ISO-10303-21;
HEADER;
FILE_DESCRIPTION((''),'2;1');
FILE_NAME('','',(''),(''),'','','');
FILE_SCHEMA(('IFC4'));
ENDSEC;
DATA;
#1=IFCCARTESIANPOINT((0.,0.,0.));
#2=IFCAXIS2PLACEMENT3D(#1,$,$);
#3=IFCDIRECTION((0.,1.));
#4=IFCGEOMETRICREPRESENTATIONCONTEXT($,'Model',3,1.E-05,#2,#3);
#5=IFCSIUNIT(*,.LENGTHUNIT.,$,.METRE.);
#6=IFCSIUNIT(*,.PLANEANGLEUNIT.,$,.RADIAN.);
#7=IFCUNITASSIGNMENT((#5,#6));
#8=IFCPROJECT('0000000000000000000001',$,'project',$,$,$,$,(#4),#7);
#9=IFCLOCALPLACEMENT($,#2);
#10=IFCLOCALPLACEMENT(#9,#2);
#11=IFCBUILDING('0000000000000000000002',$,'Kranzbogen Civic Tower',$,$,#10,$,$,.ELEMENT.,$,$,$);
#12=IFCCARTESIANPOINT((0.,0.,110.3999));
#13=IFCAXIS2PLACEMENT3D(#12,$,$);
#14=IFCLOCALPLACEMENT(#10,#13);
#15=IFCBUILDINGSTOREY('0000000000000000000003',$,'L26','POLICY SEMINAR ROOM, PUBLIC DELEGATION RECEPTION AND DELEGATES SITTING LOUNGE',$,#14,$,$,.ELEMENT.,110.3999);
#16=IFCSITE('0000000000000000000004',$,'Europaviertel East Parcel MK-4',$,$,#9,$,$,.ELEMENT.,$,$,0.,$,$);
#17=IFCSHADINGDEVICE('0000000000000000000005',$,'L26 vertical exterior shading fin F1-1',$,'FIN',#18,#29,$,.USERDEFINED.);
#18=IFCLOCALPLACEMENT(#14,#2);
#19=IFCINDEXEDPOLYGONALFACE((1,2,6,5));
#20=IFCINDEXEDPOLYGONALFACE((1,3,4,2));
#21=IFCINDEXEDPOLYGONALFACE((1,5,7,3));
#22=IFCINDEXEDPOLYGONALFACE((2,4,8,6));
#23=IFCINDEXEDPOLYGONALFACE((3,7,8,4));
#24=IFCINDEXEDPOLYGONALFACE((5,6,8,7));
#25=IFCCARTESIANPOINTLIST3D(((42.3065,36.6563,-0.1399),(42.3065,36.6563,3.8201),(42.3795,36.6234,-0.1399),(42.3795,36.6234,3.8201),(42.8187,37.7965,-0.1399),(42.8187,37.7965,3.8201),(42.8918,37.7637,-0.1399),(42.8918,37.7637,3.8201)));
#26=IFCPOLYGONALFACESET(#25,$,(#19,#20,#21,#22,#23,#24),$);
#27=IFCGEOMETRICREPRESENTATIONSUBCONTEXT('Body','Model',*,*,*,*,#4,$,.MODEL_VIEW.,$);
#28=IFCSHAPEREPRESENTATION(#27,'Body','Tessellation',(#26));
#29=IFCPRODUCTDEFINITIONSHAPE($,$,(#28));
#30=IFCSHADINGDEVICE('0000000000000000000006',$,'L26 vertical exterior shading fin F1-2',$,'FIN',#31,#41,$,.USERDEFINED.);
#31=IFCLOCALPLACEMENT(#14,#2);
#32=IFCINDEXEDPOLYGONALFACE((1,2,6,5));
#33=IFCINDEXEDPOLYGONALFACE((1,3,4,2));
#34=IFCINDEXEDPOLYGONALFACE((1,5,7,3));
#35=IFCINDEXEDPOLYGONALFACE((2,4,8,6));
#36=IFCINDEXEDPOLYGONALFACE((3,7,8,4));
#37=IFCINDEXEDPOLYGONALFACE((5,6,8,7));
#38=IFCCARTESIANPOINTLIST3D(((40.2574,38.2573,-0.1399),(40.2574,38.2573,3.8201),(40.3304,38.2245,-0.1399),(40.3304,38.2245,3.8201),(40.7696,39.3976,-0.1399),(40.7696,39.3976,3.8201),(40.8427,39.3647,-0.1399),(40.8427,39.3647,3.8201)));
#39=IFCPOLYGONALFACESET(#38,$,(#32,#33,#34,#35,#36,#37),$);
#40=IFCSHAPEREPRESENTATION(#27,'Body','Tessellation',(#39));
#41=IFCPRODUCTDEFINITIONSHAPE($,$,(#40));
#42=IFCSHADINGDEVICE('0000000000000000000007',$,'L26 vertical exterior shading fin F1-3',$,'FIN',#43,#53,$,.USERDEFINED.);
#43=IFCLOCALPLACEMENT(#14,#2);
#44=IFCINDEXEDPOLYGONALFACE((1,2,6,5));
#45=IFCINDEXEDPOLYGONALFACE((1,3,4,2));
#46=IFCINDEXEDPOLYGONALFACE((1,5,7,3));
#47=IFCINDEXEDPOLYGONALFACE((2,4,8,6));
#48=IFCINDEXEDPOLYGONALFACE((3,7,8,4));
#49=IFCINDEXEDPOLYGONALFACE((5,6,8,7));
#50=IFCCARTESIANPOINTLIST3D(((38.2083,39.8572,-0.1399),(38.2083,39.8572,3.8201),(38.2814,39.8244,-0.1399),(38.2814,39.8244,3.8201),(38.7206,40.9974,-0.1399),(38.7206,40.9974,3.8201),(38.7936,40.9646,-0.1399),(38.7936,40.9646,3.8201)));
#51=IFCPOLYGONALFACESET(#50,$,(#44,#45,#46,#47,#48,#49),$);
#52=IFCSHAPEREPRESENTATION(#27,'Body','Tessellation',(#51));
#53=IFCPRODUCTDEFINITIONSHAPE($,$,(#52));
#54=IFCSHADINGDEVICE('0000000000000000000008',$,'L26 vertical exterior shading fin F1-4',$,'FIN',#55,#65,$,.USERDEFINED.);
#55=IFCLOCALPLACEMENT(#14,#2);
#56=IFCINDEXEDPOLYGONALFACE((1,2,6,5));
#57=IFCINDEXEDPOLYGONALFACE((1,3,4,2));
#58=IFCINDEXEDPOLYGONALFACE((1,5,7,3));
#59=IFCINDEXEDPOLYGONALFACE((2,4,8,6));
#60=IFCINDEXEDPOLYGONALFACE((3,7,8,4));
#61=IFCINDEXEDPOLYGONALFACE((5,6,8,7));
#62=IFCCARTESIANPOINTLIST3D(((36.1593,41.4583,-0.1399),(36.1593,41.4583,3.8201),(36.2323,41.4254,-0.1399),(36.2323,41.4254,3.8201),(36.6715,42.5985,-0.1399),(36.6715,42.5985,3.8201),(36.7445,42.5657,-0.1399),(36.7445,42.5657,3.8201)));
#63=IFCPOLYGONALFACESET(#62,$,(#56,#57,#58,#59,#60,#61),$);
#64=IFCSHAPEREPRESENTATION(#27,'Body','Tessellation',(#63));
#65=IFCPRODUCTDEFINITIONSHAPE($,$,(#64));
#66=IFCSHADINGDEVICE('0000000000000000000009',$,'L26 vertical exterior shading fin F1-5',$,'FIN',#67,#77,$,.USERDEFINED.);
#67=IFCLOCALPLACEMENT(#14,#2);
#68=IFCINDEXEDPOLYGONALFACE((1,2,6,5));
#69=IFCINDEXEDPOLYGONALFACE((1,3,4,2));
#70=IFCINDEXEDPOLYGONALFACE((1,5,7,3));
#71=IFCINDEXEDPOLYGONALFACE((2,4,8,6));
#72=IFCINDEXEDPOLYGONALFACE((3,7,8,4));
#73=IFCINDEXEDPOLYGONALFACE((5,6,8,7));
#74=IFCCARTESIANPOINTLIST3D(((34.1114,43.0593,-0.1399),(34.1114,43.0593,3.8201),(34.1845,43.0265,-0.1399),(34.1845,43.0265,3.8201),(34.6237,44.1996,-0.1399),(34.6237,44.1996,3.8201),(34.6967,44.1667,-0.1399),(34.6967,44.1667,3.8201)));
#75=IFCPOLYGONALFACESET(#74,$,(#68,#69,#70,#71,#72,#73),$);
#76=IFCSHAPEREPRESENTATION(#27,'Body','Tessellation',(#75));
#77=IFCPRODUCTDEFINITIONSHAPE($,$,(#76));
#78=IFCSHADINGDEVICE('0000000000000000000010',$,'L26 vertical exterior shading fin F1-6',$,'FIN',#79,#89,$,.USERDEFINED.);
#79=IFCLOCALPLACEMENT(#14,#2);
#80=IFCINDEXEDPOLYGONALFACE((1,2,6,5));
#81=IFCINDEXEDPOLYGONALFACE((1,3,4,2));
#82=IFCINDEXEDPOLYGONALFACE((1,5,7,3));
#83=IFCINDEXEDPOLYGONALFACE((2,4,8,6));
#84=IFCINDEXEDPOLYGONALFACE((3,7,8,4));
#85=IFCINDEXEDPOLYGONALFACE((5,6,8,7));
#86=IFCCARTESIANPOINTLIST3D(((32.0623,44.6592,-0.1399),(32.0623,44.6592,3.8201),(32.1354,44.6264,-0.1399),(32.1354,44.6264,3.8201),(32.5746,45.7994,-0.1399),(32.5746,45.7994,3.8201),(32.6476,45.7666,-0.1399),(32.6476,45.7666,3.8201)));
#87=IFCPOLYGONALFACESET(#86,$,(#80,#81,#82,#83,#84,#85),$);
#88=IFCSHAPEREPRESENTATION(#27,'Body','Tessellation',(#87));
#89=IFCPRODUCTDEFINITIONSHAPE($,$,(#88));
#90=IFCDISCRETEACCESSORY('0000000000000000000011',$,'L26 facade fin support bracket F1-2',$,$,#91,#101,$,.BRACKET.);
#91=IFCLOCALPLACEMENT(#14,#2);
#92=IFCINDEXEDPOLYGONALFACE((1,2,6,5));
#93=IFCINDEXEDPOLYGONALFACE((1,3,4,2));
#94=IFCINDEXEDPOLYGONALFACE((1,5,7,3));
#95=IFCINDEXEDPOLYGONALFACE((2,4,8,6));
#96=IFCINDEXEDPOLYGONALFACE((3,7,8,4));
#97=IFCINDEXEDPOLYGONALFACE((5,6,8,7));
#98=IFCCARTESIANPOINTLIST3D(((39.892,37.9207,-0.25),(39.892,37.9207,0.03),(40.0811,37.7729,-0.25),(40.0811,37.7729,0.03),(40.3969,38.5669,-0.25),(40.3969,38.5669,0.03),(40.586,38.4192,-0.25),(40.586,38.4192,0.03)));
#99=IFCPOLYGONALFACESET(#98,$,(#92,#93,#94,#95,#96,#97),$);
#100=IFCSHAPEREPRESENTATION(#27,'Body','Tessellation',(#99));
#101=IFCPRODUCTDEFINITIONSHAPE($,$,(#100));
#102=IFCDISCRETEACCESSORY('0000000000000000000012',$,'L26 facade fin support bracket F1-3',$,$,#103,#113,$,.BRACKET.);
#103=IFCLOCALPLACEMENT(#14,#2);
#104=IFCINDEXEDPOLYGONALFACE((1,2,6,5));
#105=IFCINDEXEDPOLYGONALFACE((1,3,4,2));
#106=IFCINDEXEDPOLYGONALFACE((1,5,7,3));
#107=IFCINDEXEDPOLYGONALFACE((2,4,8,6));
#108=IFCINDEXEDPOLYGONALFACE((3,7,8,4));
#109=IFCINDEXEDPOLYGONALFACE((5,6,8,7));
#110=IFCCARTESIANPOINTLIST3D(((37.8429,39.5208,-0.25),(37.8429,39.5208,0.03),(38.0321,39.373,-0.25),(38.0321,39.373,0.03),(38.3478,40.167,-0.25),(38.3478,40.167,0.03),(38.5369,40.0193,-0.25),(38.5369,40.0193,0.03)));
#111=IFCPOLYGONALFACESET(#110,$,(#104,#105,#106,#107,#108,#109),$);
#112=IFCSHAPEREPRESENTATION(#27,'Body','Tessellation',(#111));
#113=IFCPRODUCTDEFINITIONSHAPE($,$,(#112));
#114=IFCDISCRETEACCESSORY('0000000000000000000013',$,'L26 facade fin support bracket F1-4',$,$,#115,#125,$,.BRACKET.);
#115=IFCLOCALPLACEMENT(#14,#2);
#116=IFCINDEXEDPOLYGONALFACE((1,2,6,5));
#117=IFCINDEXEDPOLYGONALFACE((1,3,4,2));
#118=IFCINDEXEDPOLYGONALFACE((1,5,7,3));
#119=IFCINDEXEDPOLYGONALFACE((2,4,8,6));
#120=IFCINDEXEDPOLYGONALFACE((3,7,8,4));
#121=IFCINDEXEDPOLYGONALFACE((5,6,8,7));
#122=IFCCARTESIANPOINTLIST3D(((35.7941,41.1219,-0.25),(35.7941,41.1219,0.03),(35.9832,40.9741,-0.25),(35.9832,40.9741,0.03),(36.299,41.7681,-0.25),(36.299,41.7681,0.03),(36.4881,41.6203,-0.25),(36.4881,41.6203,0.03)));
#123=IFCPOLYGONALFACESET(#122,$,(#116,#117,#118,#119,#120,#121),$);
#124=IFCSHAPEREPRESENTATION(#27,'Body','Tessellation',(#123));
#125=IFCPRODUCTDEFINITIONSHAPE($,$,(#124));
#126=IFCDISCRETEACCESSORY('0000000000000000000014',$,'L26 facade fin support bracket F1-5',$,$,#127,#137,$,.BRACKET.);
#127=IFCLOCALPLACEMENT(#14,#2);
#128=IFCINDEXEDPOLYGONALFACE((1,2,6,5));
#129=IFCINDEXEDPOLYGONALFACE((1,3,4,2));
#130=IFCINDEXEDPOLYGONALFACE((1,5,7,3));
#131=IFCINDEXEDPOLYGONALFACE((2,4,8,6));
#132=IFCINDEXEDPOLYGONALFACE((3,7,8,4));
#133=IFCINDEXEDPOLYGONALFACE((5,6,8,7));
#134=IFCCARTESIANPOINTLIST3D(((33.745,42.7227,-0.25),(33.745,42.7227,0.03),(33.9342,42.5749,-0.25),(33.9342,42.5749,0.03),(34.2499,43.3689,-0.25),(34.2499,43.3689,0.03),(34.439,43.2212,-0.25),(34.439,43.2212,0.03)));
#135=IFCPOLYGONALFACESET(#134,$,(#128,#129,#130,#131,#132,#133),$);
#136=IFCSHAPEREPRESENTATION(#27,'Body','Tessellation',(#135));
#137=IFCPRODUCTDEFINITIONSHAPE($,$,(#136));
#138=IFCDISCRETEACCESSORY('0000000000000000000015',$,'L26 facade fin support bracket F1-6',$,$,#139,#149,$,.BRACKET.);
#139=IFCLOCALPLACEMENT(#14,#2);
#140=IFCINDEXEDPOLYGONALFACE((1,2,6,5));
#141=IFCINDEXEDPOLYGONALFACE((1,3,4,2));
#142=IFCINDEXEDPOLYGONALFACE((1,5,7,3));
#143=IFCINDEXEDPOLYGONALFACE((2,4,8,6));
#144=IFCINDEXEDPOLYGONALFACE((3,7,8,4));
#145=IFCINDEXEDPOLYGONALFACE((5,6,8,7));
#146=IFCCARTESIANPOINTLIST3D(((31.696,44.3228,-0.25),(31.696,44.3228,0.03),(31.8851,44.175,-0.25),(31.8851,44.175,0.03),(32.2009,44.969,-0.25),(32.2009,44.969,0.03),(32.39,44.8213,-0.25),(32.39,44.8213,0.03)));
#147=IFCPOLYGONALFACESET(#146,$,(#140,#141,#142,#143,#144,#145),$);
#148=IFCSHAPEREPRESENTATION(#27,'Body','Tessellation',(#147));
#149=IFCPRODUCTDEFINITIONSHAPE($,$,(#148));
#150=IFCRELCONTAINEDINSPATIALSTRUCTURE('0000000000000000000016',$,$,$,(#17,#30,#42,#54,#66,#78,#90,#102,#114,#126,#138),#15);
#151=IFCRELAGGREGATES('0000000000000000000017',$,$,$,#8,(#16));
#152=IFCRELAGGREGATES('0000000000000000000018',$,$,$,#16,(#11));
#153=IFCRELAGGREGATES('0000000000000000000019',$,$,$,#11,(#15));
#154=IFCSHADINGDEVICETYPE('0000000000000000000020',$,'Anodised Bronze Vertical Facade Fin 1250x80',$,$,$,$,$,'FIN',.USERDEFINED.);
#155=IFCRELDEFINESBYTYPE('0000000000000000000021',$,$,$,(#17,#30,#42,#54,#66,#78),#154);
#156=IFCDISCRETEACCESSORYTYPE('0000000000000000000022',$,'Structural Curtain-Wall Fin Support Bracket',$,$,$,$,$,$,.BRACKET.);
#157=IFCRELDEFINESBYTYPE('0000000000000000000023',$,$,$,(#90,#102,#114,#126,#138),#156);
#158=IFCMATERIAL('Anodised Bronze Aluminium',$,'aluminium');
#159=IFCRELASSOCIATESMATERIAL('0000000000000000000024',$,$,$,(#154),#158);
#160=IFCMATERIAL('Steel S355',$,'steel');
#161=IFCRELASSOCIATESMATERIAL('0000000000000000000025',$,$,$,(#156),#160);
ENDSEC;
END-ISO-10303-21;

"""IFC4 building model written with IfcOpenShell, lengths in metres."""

from ifc_helpers import new_model, si_unit, direction, frame, origin, origin_2d, place, context, subcontext, project, spatial, rectangle, extrude, material, type_object, element, save


model = new_model("IFC4")

# Units and contexts
model_context = context("Model", 3, precision=1e-05, world=origin(), true_north=direction((0.0, 1.0)))
body_context = subcontext(model_context, "Body", "Model", "MODEL_VIEW")
ifc_project = project(units=[si_unit("LENGTHUNIT", "METRE"), si_unit("PLANEANGLEUNIT", "RADIAN")], contexts=[model_context])

# Site, building, storey
site_placement = place(None, origin())
site = spatial("IfcSite", under=ifc_project, at=site_placement, Name="Europaviertel East Parcel MK-4", CompositionType="ELEMENT", RefElevation=0.0)
building_placement = place(site_placement, origin())
building = spatial("IfcBuilding", under=site, at=building_placement, Name="Kranzbogen Civic Tower", CompositionType="ELEMENT")
storey_placement = place(building_placement, frame((0.0, 0.0, 110.3999)))
storey = spatial("IfcBuildingStorey", under=building, at=storey_placement, Name="L26", Description="POLICY SEMINAR ROOM, PUBLIC DELEGATION RECEPTION AND DELEGATES SITTING LOUNGE", CompositionType="ELEMENT", Elevation=110.3999)

# Shared definitions
ifc_material_1 = material(Name="Steel S355", Category="steel")

# Shading devices
ifc_material_2 = material(Name="Anodised Bronze Aluminium", Category="aluminium")
shading_device_type = type_object("IfcShadingDeviceType", Name="Anodised Bronze Vertical Facade Fin 1250x80", ElementType="FIN", PredefinedType="USERDEFINED", material=ifc_material_2)
for number, where, z_axis, x_axis, name in (
    (1, (42.5991, 37.21, -0.1399), (0.0, 0.0, 1.0), (0.409796, 0.912177, 0.0), "L26 vertical exterior shading fin F1-1"),
    (2, (40.55, 38.811, -0.1399), (0.0, 0.0, 1.0), (0.409796, 0.912177, 0.0), "L26 vertical exterior shading fin F1-2"),
    (3, (38.501, 40.4109, -0.1399), (0.0, 0.0, 1.0), (0.409796, 0.912177, 0.0), "L26 vertical exterior shading fin F1-3"),
    (4, (36.4519, 42.012, -0.1399), (0.0, 0.0, 1.0), (0.409796, 0.912177, 0.0), "L26 vertical exterior shading fin F1-4"),
    (5, (34.4041, 43.613, -0.1399), (0.0, 0.0, 1.0), (0.409796, 0.912177, 0.0), "L26 vertical exterior shading fin F1-5"),
    (6, (32.355, 45.2129, -0.1399), (0.0, 0.0, 1.0), (0.409796, 0.912177, 0.0), "L26 vertical exterior shading fin F1-6"),
):
    element("IfcShadingDevice", number, at=place(storey_placement, frame(where, z_axis=z_axis, x_axis=x_axis)), inside=storey, type_object=shading_device_type, Name=name, ObjectType="FIN", PredefinedType="USERDEFINED", context=body_context, shape_type="SweptSolid", body=[
        extrude(rectangle(XDim=1.25, YDim=0.0801, at=origin_2d()), origin(), (0.0, 0.0, 1.0), 3.96),
    ])

# Discrete accessories
discrete_accessory_type = type_object("IfcDiscreteAccessoryType", Name="Structural Curtain-Wall Fin Support Bracket", PredefinedType="BRACKET", material=ifc_material_1)
for number, where, z_axis, x_axis, name in (
    (7, (40.239, 38.1699, -0.25), (0.0, 0.0, 1.0), (0.615661, 0.788011, 0.0), "L26 facade fin support bracket F1-2"),
    (8, (38.1899, 39.77, -0.25), (0.0, 0.0, 1.0), (0.615661, 0.788011, 0.0), "L26 facade fin support bracket F1-3"),
    (9, (36.1411, 41.3711, -0.25), (0.0, 0.0, 1.0), (0.615661, 0.788011, 0.0), "L26 facade fin support bracket F1-4"),
    (10, (34.092, 42.9719, -0.25), (0.0, 0.0, 1.0), (0.615661, 0.788011, 0.0), "L26 facade fin support bracket F1-5"),
    (11, (32.043, 44.572, -0.25), (0.0, 0.0, 1.0), (0.615661, 0.788011, 0.0), "L26 facade fin support bracket F1-6"),
):
    element("IfcDiscreteAccessory", number, at=place(storey_placement, frame(where, z_axis=z_axis, x_axis=x_axis)), inside=storey, type_object=discrete_accessory_type, Name=name, PredefinedType="BRACKET", context=body_context, shape_type="SweptSolid", body=[
        extrude(rectangle(XDim=0.8201, YDim=0.24, at=origin_2d()), origin(), (0.0, 0.0, 1.0), 0.28),
    ])

save(model, "model.ifc")
